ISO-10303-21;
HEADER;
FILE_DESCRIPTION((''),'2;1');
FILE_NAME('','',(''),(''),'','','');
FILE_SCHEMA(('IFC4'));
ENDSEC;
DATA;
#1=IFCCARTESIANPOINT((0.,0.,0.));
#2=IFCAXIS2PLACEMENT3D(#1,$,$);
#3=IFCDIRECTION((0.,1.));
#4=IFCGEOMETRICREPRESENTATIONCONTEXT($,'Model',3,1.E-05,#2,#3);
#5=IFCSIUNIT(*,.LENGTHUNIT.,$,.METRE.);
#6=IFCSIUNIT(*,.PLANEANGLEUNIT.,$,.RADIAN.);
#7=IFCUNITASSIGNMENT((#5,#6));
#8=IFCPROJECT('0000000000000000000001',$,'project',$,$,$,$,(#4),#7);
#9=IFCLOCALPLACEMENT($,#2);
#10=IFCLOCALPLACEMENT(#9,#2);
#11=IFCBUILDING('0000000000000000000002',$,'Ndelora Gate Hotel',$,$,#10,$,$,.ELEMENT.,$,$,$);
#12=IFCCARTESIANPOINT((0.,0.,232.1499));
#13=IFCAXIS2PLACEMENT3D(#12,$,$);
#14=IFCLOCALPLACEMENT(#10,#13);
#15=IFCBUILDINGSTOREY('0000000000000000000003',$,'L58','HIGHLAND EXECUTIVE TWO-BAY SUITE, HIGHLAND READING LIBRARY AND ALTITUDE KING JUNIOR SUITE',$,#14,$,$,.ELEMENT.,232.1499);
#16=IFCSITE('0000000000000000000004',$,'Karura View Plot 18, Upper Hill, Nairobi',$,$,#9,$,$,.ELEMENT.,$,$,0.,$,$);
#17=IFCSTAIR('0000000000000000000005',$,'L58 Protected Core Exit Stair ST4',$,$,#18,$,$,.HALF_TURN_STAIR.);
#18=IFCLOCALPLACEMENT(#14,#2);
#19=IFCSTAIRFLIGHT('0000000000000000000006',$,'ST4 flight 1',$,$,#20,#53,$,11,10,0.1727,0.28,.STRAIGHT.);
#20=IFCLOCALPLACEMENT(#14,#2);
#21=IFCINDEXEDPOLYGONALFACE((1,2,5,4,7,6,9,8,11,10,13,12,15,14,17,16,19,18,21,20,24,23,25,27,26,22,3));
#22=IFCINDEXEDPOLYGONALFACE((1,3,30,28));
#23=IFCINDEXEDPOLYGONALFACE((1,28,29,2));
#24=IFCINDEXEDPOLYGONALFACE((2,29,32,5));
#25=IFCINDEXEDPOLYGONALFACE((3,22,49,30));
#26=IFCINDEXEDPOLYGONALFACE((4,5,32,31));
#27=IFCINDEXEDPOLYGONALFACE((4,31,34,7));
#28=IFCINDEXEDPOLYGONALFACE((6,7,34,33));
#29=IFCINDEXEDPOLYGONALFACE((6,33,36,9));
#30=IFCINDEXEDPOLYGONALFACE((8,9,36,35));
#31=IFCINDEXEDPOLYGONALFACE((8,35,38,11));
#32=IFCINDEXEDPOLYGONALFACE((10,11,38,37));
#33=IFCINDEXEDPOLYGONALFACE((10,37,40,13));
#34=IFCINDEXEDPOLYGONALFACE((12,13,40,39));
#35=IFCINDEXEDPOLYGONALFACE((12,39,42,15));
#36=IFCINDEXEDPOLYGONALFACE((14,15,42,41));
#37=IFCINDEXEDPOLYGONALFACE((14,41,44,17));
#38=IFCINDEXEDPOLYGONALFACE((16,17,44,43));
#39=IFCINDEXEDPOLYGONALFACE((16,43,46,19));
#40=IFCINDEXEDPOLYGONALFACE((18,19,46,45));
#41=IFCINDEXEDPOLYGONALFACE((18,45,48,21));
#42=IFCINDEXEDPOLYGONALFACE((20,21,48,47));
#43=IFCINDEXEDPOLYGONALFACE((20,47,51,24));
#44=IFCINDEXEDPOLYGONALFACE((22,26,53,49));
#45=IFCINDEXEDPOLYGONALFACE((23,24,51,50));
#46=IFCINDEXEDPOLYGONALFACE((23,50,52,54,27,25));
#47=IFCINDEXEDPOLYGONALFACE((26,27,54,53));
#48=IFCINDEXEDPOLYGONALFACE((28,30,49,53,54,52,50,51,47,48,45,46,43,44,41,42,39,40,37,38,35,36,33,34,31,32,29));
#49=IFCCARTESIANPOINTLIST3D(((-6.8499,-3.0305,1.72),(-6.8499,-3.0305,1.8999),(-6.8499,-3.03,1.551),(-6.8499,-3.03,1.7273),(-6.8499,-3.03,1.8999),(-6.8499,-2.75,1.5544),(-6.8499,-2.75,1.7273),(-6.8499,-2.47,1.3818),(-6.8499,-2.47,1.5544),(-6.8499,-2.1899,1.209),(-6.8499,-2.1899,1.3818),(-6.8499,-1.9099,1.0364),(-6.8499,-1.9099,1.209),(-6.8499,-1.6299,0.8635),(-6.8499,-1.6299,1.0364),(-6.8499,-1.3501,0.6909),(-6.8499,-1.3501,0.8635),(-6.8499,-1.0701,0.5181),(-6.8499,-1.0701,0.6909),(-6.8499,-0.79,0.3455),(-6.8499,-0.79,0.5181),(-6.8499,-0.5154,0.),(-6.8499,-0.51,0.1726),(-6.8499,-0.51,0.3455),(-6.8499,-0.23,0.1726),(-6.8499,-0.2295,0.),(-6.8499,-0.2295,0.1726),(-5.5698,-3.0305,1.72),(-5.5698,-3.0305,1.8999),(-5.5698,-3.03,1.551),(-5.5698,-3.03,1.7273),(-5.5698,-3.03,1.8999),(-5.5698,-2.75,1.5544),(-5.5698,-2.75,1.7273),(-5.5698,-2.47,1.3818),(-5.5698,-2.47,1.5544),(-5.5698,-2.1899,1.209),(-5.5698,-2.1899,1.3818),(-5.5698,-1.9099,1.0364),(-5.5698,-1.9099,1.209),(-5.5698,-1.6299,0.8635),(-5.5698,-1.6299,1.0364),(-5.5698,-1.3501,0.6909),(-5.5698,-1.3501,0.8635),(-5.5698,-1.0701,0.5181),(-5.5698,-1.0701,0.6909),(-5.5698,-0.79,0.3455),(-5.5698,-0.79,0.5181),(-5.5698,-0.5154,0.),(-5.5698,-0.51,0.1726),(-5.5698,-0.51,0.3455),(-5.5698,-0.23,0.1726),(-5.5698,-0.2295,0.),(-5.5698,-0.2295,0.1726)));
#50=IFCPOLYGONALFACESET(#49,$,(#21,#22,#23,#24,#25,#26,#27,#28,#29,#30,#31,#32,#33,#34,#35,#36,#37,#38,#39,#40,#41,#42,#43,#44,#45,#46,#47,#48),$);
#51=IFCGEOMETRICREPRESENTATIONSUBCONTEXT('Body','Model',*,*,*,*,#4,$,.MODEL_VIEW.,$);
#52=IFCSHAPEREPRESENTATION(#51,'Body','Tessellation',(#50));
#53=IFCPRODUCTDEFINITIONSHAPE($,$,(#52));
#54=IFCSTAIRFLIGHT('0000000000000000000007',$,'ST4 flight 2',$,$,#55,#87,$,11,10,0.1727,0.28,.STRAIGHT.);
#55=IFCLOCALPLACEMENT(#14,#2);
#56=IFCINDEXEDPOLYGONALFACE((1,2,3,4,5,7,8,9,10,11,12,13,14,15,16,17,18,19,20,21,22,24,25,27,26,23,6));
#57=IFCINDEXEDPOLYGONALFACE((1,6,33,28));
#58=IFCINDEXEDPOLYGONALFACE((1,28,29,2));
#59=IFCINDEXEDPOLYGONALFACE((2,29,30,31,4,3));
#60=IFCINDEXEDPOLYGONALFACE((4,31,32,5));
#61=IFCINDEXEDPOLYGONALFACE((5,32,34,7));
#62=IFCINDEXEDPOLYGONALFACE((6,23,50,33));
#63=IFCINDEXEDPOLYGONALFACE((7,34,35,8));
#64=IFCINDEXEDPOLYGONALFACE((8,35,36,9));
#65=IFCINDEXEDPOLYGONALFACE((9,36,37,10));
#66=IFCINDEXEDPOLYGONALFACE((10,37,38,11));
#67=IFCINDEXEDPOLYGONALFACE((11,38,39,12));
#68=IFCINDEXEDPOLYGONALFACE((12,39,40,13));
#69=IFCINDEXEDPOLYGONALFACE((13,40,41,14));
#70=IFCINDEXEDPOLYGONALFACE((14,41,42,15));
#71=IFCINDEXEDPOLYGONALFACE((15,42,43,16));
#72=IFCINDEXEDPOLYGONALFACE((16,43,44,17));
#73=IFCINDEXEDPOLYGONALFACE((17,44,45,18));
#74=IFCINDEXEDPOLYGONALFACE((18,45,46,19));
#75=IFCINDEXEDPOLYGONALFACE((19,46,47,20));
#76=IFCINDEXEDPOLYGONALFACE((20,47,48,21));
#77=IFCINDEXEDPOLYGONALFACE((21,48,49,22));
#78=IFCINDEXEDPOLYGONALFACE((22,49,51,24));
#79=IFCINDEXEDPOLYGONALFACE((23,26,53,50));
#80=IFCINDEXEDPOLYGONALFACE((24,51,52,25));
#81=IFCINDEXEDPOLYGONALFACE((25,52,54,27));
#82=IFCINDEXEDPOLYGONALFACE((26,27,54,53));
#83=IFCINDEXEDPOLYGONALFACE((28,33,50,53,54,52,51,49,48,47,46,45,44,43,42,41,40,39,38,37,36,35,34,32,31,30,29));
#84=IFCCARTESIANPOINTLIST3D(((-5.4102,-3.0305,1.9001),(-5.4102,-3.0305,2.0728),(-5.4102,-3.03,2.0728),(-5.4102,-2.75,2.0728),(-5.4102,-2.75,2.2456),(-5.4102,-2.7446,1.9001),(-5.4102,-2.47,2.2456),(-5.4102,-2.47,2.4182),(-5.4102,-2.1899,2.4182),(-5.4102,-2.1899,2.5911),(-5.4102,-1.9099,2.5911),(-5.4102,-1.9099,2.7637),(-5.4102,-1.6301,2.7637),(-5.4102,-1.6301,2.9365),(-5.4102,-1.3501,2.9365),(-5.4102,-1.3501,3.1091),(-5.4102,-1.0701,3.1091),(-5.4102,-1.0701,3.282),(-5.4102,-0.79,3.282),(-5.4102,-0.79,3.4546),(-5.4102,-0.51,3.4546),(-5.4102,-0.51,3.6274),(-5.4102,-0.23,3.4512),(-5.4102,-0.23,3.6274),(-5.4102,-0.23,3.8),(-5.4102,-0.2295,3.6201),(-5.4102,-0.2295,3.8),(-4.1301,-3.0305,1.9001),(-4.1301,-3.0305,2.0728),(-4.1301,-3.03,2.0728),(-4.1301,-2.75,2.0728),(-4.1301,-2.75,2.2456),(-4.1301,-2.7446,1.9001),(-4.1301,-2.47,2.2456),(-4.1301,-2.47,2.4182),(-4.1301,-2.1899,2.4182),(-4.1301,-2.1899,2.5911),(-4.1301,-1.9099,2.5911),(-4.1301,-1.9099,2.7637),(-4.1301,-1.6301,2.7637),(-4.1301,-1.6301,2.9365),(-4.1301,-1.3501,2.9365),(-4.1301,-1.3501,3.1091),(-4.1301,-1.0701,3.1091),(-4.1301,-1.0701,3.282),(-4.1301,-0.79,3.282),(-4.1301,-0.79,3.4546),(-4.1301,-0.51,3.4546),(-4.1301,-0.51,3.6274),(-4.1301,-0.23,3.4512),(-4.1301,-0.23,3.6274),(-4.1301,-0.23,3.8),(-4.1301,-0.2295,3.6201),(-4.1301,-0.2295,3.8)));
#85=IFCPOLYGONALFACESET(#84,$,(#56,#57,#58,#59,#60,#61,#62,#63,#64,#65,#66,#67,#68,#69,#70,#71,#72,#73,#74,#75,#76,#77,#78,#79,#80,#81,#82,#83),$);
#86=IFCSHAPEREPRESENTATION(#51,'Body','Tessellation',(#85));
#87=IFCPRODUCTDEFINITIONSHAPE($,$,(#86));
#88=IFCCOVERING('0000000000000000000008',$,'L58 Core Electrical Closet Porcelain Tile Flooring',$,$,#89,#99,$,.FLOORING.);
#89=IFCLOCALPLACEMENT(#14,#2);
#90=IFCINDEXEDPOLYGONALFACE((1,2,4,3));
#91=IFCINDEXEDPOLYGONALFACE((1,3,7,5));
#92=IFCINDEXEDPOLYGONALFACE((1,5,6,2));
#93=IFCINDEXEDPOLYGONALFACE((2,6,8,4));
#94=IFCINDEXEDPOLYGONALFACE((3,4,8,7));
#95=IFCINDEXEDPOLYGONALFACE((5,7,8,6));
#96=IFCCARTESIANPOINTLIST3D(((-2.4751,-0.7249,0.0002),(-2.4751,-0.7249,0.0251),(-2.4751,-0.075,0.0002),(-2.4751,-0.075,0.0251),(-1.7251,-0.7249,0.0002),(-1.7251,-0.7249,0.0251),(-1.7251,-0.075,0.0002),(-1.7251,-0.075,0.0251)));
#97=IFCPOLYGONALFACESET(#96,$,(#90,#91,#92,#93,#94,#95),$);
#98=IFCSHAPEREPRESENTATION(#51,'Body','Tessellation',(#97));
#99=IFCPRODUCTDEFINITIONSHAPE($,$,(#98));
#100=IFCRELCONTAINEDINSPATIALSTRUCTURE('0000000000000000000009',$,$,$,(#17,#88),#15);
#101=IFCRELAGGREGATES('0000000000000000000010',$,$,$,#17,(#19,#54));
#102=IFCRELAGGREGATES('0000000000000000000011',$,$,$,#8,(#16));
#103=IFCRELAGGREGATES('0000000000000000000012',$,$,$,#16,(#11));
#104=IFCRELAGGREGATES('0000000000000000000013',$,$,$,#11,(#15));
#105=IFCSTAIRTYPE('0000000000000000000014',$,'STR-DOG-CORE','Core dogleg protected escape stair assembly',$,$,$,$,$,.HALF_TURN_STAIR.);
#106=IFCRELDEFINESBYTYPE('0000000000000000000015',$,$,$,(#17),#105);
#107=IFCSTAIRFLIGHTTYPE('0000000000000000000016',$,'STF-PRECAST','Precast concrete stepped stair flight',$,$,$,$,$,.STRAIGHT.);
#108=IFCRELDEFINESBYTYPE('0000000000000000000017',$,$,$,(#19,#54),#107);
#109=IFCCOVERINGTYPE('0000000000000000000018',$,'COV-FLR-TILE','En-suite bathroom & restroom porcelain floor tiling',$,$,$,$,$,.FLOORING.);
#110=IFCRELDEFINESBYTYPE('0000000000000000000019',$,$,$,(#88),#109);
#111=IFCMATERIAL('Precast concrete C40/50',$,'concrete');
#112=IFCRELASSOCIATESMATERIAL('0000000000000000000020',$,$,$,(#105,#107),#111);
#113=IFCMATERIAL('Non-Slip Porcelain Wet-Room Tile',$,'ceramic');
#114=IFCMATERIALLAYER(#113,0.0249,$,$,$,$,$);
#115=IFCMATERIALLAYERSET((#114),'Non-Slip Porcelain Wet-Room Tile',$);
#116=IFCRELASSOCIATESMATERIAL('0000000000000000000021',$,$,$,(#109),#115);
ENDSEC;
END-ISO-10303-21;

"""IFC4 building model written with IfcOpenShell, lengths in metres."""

from ifc_helpers import new_model, si_unit, direction, frame, origin, origin_2d, place, context, subcontext, project, spatial, polyline, rectangle, outline, extrude, material, layer, layer_set, type_object, element, aggregate, save


model = new_model("IFC4")

# Units and contexts
model_context = context("Model", 3, precision=1e-05, world=origin(), true_north=direction((0.0, 1.0)))
body_context = subcontext(model_context, "Body", "Model", "MODEL_VIEW")
ifc_project = project(units=[si_unit("LENGTHUNIT", "METRE"), si_unit("PLANEANGLEUNIT", "RADIAN")], contexts=[model_context])

# Site, building, storey
site_placement = place(None, origin())
site = spatial("IfcSite", under=ifc_project, at=site_placement, Name="Karura View Plot 18, Upper Hill, Nairobi", CompositionType="ELEMENT", RefElevation=0.0)
building_placement = place(site_placement, origin())
building = spatial("IfcBuilding", under=site, at=building_placement, Name="Ndelora Gate Hotel", CompositionType="ELEMENT")
storey_placement = place(building_placement, frame((0.0, 0.0, 232.1499)))
storey = spatial("IfcBuildingStorey", under=building, at=storey_placement, Name="L58", Description="HIGHLAND EXECUTIVE TWO-BAY SUITE, HIGHLAND READING LIBRARY AND ALTITUDE KING JUNIOR SUITE", CompositionType="ELEMENT", Elevation=232.1499)

# Stair, stair flights
ifc_material_1 = material(Name="Precast concrete C40/50", Category="concrete")
stair_type = type_object("IfcStairType", Name="STR-DOG-CORE", Description="Core dogleg protected escape stair assembly", PredefinedType="HALF_TURN_STAIR", material=ifc_material_1)
stair_placement = place(storey_placement, origin())
stair = element("IfcStair", 1, at=stair_placement, inside=storey, type_object=stair_type, Name="L58 Protected Core Exit Stair ST4", PredefinedType="HALF_TURN_STAIR")
stair_flight_type = type_object("IfcStairFlightType", Name="STF-PRECAST", Description="Precast concrete stepped stair flight", PredefinedType="STRAIGHT", material=ifc_material_1)
stair_flight_1_placement = place(storey_placement, frame((-6.21, -0.23, 0.0), z_axis=(0.0, 0.0, 1.0), x_axis=(0.0, -1.0, 0.0)))
stair_flight_1 = element("IfcStairFlight", 2, at=stair_flight_1_placement, type_object=stair_flight_type, Name="ST4 flight 1", NumberOfRisers=11, NumberOfTreads=10, PredefinedType="STRAIGHT", RiserHeight=0.1727, TreadLength=0.28, context=body_context, shape_type="SweptSolid", body=[
    extrude(outline(polyline([(-0.0005, 0.0), (-0.0005, 0.1726), (0.0, 0.1726), (0.28, 0.1726), (0.28, 0.3455), (0.5601, 0.3455), (0.5601, 0.5181), (0.8401, 0.5181), (0.8401, 0.6909), (1.1201, 0.6909), (1.1201, 0.8635), (1.3999, 0.8635), (1.3999, 1.0364), (1.6799, 1.0364), (1.6799, 1.209), (1.96, 1.209), (1.96, 1.3818), (2.24, 1.3818), (2.24, 1.5544), (2.52, 1.5544), (2.52, 1.7273), (2.8, 1.7273), (2.8, 1.8999), (2.8005, 1.8999), (2.8005, 1.72), (2.8, 1.551), (0.2854, 0.0), (-0.0005, 0.0)])), frame((0.0, 0.6401, 0.0), z_axis=(0.0, -1.0, 0.0), x_axis=(1.0, 0.0, 0.0)), (0.0, 0.0, 1.0), 1.28),
])
stair_flight_2_placement = place(storey_placement, frame((-4.77, -3.03, 1.9001), z_axis=(0.0, 0.0, 1.0), x_axis=(0.0, 1.0, 0.0)))
stair_flight_2 = element("IfcStairFlight", 3, at=stair_flight_2_placement, type_object=stair_flight_type, Name="ST4 flight 2", NumberOfRisers=11, NumberOfTreads=10, PredefinedType="STRAIGHT", RiserHeight=0.1727, TreadLength=0.28, context=body_context, shape_type="SweptSolid", body=[
    extrude(outline(polyline([(-0.0005, 0.0), (-0.0005, 0.1726), (0.0, 0.1726), (0.28, 0.1726), (0.28, 0.3455), (0.5601, 0.3455), (0.5601, 0.5181), (0.8401, 0.5181), (0.8401, 0.6909), (1.1201, 0.6909), (1.1201, 0.8635), (1.3999, 0.8635), (1.3999, 1.0364), (1.6799, 1.0364), (1.6799, 1.209), (1.96, 1.209), (1.96, 1.3818), (2.24, 1.3818), (2.24, 1.5544), (2.52, 1.5544), (2.52, 1.7273), (2.8, 1.7273), (2.8, 1.8999), (2.8005, 1.8999), (2.8005, 1.72), (2.8, 1.551), (0.2854, 0.0), (-0.0005, 0.0)])), frame((0.0, 0.6401, 0.0), z_axis=(0.0, -1.0, 0.0), x_axis=(1.0, 0.0, 0.0)), (0.0, 0.0, 1.0), 1.28),
])
aggregate(stair, [stair_flight_1, stair_flight_2])

# Covering
ifc_material_2 = material(Name="Non-Slip Porcelain Wet-Room Tile", Category="ceramic")
ifc_layer_1 = layer(ifc_material_2, 0.0249)
ifc_layer_set_1 = layer_set([ifc_layer_1], Name="Non-Slip Porcelain Wet-Room Tile")
covering_type = type_object("IfcCoveringType", Name="COV-FLR-TILE", Description="En-suite bathroom & restroom porcelain floor tiling", PredefinedType="FLOORING", material=ifc_layer_set_1)
covering_placement = place(storey_placement, frame((-2.1001, -0.3999, 0.0002), z_axis=(0.0, 0.0, 1.0), x_axis=(1.0, 0.0, 0.0)))
element("IfcCovering", 4, at=covering_placement, inside=storey, type_object=covering_type, Name="L58 Core Electrical Closet Porcelain Tile Flooring", PredefinedType="FLOORING", context=body_context, shape_type="SweptSolid", body=[
    extrude(rectangle(XDim=0.75, YDim=0.6499, at=origin_2d()), origin(), (0.0, 0.0, 1.0), 0.0249),
])

save(model, "model.ifc")
